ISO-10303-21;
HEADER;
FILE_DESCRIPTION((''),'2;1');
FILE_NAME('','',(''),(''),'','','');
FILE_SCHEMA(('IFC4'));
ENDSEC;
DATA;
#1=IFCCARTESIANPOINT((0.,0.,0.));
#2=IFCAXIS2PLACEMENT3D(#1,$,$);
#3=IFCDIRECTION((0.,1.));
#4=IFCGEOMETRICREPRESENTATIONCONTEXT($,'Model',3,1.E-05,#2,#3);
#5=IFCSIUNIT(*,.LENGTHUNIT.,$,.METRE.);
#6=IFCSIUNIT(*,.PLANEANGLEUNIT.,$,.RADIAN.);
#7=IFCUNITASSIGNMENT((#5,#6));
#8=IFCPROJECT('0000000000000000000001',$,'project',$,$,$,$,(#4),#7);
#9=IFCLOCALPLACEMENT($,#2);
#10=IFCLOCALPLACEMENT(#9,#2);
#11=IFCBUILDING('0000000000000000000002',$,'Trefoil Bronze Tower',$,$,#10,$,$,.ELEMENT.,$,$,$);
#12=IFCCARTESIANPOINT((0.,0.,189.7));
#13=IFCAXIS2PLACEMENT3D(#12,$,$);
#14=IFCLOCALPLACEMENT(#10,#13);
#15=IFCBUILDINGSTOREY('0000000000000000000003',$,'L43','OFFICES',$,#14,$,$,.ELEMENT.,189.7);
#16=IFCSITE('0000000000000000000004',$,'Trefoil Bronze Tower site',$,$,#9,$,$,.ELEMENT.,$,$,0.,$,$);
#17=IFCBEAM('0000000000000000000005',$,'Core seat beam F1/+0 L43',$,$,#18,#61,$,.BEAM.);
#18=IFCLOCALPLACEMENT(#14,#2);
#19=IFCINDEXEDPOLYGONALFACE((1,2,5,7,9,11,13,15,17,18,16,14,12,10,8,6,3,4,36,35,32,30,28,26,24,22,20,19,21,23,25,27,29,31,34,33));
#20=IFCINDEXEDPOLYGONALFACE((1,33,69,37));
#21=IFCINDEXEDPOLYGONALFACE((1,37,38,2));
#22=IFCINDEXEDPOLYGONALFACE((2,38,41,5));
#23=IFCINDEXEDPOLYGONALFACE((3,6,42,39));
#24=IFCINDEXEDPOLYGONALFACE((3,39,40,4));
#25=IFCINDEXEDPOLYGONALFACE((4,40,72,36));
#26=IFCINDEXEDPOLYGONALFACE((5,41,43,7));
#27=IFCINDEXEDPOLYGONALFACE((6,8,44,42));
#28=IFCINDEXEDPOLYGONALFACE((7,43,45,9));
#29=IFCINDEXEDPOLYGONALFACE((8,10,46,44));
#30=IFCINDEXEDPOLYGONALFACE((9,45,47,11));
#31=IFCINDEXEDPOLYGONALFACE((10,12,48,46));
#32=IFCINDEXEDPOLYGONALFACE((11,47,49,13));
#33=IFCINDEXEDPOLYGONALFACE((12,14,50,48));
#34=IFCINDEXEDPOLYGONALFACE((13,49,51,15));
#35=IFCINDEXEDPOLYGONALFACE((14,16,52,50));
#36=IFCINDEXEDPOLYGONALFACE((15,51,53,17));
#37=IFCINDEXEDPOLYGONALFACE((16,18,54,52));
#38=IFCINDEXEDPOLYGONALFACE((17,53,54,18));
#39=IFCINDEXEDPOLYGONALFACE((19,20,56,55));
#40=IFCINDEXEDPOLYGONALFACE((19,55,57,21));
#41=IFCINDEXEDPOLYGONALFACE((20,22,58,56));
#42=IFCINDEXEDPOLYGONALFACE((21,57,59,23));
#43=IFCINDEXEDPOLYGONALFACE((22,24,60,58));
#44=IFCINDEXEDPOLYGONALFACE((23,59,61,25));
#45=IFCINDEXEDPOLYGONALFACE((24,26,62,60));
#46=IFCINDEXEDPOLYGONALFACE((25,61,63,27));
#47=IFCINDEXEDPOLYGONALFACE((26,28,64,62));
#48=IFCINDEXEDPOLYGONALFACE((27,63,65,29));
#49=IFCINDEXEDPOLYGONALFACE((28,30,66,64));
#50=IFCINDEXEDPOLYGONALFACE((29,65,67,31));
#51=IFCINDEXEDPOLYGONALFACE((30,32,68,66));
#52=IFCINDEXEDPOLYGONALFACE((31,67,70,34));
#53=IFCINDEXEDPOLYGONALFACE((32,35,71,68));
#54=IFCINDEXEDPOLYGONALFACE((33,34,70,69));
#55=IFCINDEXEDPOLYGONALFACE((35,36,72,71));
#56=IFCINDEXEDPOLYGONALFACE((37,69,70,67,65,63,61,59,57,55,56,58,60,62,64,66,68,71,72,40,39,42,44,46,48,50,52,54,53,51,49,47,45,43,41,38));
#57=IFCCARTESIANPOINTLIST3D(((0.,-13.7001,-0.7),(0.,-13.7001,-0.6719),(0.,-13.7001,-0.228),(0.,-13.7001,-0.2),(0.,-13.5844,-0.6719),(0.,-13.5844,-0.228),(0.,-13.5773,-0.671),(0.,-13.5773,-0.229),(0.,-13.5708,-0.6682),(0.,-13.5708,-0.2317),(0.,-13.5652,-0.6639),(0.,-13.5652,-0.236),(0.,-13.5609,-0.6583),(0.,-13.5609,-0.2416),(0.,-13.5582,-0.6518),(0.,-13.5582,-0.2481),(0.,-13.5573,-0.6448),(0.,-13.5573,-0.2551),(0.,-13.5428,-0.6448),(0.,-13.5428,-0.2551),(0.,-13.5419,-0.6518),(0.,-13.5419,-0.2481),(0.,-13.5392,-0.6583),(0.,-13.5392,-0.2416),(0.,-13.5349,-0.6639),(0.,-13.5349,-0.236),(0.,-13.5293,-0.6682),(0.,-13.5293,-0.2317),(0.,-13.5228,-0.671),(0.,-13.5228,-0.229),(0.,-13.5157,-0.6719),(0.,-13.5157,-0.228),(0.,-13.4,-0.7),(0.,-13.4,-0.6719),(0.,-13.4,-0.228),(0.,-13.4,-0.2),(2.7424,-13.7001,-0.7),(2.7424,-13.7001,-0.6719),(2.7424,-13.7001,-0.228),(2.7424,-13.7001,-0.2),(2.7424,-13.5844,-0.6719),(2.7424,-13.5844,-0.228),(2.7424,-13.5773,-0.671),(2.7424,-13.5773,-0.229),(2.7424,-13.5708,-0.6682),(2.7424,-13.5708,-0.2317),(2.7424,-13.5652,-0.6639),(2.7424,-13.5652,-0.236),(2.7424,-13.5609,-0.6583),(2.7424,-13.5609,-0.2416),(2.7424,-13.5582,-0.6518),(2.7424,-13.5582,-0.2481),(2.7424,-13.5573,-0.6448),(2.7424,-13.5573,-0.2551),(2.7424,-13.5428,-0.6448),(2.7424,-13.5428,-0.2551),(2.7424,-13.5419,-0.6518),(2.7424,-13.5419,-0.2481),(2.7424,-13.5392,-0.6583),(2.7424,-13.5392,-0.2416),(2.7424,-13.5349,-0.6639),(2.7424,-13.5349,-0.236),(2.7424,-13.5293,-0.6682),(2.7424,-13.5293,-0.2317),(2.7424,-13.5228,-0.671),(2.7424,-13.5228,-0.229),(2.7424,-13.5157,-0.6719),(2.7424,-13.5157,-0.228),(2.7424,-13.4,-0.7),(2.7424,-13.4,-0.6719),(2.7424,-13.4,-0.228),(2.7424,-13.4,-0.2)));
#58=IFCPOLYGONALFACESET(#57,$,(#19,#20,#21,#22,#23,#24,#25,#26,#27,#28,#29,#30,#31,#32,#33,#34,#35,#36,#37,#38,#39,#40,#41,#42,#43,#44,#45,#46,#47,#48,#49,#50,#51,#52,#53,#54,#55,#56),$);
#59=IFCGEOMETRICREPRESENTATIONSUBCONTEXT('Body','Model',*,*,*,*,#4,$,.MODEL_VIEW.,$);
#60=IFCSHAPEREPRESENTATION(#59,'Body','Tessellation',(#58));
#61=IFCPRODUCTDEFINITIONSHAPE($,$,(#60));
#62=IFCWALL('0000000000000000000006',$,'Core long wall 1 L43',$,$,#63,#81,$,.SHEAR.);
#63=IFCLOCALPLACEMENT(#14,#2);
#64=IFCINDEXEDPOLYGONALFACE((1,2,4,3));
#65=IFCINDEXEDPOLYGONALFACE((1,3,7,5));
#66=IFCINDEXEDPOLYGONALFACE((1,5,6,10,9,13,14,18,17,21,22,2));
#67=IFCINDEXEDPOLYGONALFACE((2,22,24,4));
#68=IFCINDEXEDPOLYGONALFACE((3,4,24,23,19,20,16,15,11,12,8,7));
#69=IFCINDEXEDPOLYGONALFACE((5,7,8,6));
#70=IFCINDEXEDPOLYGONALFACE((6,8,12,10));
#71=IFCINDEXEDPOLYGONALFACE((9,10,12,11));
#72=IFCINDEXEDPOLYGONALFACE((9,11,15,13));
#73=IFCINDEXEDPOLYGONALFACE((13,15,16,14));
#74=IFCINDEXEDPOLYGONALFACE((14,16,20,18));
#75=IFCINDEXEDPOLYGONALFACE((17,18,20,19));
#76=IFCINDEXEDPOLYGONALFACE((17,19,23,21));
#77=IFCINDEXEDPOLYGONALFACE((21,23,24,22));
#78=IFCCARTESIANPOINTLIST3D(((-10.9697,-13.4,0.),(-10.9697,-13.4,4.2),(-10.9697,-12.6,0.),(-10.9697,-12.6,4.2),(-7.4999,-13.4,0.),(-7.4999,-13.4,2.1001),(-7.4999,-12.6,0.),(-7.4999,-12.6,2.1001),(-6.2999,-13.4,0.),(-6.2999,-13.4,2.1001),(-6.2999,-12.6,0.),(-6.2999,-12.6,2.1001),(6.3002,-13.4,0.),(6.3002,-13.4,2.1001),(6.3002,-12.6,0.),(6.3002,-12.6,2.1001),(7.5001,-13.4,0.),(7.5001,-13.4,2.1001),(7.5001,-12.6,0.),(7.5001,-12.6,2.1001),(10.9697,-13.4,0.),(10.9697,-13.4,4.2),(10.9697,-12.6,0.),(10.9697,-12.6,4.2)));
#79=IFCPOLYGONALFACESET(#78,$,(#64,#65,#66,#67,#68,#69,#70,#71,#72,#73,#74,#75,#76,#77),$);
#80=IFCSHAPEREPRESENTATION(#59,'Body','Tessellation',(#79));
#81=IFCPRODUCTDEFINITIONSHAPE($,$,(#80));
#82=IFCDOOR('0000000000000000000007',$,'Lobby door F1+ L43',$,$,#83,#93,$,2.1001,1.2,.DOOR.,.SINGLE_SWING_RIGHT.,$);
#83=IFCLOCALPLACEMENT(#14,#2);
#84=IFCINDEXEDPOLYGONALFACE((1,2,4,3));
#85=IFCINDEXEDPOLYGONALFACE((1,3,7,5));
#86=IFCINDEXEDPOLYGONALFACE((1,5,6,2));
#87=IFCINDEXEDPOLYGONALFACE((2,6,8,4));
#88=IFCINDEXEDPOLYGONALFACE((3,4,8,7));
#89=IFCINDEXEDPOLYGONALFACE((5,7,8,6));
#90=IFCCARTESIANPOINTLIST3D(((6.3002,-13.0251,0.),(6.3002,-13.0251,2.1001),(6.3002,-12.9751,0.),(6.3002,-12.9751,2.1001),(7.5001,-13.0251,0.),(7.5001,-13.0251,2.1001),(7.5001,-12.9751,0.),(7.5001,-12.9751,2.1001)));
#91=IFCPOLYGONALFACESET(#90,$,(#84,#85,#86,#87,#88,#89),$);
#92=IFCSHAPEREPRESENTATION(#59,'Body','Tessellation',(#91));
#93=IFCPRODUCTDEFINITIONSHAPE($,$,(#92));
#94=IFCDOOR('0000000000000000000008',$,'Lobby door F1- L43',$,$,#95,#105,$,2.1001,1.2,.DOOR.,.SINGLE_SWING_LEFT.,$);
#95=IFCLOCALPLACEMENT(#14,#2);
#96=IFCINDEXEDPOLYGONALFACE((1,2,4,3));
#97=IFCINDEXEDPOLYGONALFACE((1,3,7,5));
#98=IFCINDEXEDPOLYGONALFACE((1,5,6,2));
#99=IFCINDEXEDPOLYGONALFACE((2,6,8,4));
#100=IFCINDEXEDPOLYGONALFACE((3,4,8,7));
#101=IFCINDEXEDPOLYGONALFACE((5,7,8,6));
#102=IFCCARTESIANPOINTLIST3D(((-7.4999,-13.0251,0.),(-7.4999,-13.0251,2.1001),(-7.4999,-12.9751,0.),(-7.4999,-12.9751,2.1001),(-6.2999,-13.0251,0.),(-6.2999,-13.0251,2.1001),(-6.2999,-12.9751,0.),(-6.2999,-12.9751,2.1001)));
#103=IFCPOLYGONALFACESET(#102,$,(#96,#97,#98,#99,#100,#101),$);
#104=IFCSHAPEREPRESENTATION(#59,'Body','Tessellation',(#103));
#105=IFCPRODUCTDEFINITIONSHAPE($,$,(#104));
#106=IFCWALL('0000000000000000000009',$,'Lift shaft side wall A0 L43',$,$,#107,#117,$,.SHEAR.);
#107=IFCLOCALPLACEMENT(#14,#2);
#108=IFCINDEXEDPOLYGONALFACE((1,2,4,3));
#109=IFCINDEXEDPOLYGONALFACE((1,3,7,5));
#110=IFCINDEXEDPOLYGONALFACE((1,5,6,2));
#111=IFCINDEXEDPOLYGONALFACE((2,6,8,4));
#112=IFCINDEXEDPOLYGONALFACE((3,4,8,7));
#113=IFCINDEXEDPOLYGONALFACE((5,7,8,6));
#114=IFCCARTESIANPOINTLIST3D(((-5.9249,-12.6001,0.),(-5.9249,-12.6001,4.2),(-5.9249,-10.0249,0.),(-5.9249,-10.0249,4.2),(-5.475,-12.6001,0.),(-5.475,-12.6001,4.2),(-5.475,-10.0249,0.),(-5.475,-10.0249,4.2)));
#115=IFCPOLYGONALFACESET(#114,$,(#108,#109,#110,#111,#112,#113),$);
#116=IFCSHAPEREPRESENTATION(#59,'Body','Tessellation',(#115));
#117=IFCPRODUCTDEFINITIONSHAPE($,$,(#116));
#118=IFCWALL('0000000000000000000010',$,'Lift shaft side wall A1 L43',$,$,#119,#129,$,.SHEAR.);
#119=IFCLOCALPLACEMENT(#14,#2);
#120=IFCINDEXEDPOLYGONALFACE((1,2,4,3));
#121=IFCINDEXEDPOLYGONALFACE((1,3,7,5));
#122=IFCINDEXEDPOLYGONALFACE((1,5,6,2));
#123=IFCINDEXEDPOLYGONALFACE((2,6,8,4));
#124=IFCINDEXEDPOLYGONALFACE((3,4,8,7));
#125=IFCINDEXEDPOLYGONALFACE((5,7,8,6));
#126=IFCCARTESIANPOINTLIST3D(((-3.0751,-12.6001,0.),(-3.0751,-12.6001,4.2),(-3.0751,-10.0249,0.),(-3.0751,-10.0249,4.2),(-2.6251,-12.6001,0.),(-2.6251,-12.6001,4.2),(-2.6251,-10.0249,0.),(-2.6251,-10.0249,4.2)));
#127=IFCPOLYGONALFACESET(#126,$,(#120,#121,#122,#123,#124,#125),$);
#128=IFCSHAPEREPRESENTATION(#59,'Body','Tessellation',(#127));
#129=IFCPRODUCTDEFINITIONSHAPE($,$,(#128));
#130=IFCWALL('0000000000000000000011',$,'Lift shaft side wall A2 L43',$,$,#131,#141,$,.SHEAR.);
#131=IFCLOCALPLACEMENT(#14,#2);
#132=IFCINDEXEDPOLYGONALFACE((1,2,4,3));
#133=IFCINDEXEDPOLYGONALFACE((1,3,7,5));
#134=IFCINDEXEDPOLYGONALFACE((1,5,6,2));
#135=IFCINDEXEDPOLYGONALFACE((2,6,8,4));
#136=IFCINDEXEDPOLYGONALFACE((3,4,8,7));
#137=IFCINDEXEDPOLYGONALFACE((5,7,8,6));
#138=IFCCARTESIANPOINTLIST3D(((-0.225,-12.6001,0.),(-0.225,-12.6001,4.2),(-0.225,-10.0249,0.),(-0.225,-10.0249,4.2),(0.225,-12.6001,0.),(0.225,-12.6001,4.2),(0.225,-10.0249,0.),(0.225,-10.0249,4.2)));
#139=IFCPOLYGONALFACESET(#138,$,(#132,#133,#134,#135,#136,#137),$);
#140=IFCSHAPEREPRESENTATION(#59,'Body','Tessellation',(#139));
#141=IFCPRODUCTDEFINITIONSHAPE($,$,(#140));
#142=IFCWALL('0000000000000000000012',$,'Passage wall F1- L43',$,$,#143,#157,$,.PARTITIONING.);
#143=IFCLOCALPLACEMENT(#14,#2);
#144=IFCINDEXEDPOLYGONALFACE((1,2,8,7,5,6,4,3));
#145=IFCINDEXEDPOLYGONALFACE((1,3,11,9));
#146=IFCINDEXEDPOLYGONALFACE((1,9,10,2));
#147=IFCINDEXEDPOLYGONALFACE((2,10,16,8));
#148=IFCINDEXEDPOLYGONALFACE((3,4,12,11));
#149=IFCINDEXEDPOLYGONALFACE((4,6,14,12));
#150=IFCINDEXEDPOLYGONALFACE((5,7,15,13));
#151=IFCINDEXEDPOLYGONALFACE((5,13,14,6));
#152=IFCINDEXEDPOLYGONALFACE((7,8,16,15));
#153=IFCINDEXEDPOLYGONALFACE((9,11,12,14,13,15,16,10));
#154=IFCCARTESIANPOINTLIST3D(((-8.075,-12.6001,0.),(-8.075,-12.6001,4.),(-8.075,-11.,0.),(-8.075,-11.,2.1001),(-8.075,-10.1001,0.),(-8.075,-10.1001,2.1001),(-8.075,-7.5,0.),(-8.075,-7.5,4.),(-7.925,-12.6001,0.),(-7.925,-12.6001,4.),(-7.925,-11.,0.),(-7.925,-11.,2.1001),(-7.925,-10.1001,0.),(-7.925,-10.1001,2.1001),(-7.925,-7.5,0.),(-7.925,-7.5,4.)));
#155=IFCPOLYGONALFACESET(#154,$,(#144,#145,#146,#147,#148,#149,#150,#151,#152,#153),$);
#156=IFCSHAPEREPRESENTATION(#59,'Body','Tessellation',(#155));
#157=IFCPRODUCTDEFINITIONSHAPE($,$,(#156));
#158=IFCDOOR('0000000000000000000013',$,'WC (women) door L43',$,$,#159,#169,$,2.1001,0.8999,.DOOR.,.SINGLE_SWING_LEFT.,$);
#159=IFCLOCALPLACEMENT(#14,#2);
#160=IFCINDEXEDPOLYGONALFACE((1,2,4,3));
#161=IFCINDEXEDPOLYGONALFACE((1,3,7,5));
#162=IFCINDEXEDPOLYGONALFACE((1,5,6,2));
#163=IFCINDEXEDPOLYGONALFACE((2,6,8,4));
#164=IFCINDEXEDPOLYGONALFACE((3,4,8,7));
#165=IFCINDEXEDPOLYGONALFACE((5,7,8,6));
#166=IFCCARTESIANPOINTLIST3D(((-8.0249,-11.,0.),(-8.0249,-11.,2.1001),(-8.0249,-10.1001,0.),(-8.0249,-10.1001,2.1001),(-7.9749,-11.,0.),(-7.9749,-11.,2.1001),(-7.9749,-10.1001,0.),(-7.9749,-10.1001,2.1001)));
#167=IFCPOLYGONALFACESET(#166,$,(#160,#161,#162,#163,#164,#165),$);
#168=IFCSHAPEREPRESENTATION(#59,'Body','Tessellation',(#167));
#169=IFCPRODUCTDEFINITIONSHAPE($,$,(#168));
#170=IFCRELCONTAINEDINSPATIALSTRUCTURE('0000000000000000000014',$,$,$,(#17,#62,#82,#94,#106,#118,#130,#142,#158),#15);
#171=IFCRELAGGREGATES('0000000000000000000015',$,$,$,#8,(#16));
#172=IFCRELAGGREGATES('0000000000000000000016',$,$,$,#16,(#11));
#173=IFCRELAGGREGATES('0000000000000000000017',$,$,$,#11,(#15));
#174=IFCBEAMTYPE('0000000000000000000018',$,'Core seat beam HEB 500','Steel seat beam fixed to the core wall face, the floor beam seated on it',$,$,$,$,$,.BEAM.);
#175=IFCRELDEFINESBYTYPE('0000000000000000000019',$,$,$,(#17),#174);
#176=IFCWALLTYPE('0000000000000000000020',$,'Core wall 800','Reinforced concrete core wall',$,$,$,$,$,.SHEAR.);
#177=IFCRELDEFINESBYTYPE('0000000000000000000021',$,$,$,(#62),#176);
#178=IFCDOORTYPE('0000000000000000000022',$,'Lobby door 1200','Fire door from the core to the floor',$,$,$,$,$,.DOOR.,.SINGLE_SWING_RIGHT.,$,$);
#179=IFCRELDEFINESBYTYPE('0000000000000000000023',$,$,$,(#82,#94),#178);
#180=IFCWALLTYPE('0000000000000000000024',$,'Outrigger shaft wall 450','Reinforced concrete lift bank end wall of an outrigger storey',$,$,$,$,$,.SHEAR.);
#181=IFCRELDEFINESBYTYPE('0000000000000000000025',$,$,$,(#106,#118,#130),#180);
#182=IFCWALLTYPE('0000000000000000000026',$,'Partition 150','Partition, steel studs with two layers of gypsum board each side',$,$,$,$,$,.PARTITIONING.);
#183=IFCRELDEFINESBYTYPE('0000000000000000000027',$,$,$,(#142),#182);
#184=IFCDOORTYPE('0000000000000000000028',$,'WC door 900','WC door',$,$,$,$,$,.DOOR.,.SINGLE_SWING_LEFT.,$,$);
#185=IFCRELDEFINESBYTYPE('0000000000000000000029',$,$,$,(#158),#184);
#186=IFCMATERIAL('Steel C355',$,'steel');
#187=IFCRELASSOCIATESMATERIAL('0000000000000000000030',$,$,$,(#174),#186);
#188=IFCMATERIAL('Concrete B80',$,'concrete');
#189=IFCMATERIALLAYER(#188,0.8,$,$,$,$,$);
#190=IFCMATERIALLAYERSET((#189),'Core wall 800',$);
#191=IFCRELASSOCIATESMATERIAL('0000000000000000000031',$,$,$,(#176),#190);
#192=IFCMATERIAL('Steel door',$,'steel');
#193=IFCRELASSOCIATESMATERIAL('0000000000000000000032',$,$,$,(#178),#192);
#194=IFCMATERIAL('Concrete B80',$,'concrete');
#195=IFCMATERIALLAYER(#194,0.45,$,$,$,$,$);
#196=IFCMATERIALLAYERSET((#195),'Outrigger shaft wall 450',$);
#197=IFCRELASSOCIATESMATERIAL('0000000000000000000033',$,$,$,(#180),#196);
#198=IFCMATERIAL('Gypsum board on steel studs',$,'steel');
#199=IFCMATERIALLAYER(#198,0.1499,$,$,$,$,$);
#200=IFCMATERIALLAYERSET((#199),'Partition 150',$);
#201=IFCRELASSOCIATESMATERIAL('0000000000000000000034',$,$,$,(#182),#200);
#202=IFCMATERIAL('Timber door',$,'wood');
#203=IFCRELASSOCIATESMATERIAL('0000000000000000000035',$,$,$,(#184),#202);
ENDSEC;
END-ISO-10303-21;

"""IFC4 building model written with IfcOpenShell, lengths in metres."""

from ifc_helpers import new_model, si_unit, direction, frame, frame_2d, origin, origin_2d, place, context, subcontext, project, spatial, rectangle, i_section, extrude, material, layer, layer_set, material_profile, profile_set, type_object, element, fill, save


model = new_model("IFC4")

# Units and contexts
model_context = context("Model", 3, precision=1e-05, world=origin(), true_north=direction((0.0, 1.0)))
body_context = subcontext(model_context, "Body", "Model", "MODEL_VIEW")
ifc_project = project(units=[si_unit("LENGTHUNIT", "METRE"), si_unit("PLANEANGLEUNIT", "RADIAN")], contexts=[model_context])

# Site, building, storey
site_placement = place(None, origin())
site = spatial("IfcSite", under=ifc_project, at=site_placement, Name="Trefoil Bronze Tower site", CompositionType="ELEMENT", RefElevation=0.0)
building_placement = place(site_placement, origin())
building = spatial("IfcBuilding", under=site, at=building_placement, Name="Trefoil Bronze Tower", CompositionType="ELEMENT")
storey_placement = place(building_placement, frame((0.0, 0.0, 189.7)))
storey = spatial("IfcBuildingStorey", under=building, at=storey_placement, Name="L43", Description="OFFICES", CompositionType="ELEMENT", Elevation=189.7)

# Beam
ifc_material_1 = material(Name="Steel C355", Category="steel")
ifc_material_profile = material_profile(ifc_material_1, i_section(OverallWidth=0.3, OverallDepth=0.5, WebThickness=0.0144, FlangeThickness=0.0281, FilletRadius=0.0271, at=origin_2d()), Name="HEB 500")
ifc_profile_set = profile_set([ifc_material_profile], Name="Steel C355")
beam_type = type_object("IfcBeamType", Name="Core seat beam HEB 500", Description="Steel seat beam fixed to the core wall face, the floor beam seated on it", PredefinedType="BEAM", material=ifc_profile_set)
beam_placement = place(storey_placement, frame((0.0, -13.55, -0.45), z_axis=(1.0, 0.0, 0.0), x_axis=(0.0, 1.0, 0.0)))
element("IfcBeam", 1, at=beam_placement, inside=storey, type_object=beam_type, Name="Core seat beam F1/+0 L43", PredefinedType="BEAM", context=body_context, shape_type="SweptSolid", body=[
    extrude(i_section(OverallWidth=0.3, OverallDepth=0.5, WebThickness=0.0144, FlangeThickness=0.0281, FilletRadius=0.0271, at=origin_2d()), origin(), (0.0, 0.0, 1.0), 2.7424),
])

# Wall, openings, doors
ifc_material_2 = material(Name="Concrete B80", Category="concrete")
ifc_layer_1 = layer(ifc_material_2, 0.8)
ifc_layer_set_1 = layer_set([ifc_layer_1], Name="Core wall 800")
wall_type_1 = type_object("IfcWallType", Name="Core wall 800", Description="Reinforced concrete core wall", PredefinedType="SHEAR", material=ifc_layer_set_1)
wall_1_placement = place(storey_placement, frame((-10.9697, -13.0, 0.0), z_axis=(0.0, 0.0, 1.0), x_axis=(1.0, 0.0, 0.0)))
wall_1 = element("IfcWall", 2, at=wall_1_placement, inside=storey, type_object=wall_type_1, Name="Core long wall 1 L43", PredefinedType="SHEAR", context=body_context, shape_type="SweptSolid", body=[
    extrude(rectangle(XDim=21.9395, YDim=0.8, at=frame_2d((10.9697, 0.0))), origin(), (0.0, 0.0, 1.0), 4.2),
])
opening_1_placement = place(wall_1_placement, frame((17.2698, 0.0, 0.0)))
opening_1 = element("IfcOpeningElement", 3, at=opening_1_placement, cuts=wall_1, PredefinedType="OPENING", context=body_context, shape_type="SweptSolid", body=[
    extrude(rectangle(XDim=1.2, YDim=2.1001, at=frame_2d((0.6001, 1.05))), frame((0.0, 0.4099, 0.0), z_axis=(0.0, -1.0, 0.0), x_axis=(1.0, 0.0, 0.0)), (0.0, 0.0, 1.0), 0.8201),
])
opening_2_placement = place(wall_1_placement, frame((3.4697, 0.0, 0.0)))
opening_2 = element("IfcOpeningElement", 4, at=opening_2_placement, cuts=wall_1, PredefinedType="OPENING", context=body_context, shape_type="SweptSolid", body=[
    extrude(rectangle(XDim=1.2, YDim=2.1001, at=frame_2d((0.6001, 1.05))), frame((0.0, 0.4099, 0.0), z_axis=(0.0, -1.0, 0.0), x_axis=(1.0, 0.0, 0.0)), (0.0, 0.0, 1.0), 0.8201),
])
ifc_material_3 = material(Name="Steel door", Category="steel")
door_type_1 = type_object("IfcDoorType", Name="Lobby door 1200", Description="Fire door from the core to the floor", OperationType="SINGLE_SWING_RIGHT", PredefinedType="DOOR", material=ifc_material_3)
door_1_placement = place(opening_1_placement, origin())
door_1 = element("IfcDoor", 5, at=door_1_placement, inside=storey, type_object=door_type_1, Name="Lobby door F1+ L43", OperationType="SINGLE_SWING_RIGHT", OverallHeight=2.1001, OverallWidth=1.2, PredefinedType="DOOR", context=body_context, shape_type="SweptSolid", body=[
    extrude(rectangle(XDim=1.2, YDim=2.1001, at=frame_2d((0.6001, 1.05))), frame((0.0, 0.0249, 0.0), z_axis=(0.0, -1.0, 0.0), x_axis=(1.0, 0.0, 0.0)), (0.0, 0.0, 1.0), 0.05),
])
fill(opening_1, door_1)
door_2_placement = place(opening_2_placement, origin())
door_2 = element("IfcDoor", 6, at=door_2_placement, inside=storey, type_object=door_type_1, Name="Lobby door F1- L43", OperationType="SINGLE_SWING_LEFT", OverallHeight=2.1001, OverallWidth=1.2, PredefinedType="DOOR", context=body_context, shape_type="SweptSolid", body=[
    extrude(rectangle(XDim=1.2, YDim=2.1001, at=frame_2d((0.6001, 1.05))), frame((0.0, 0.0249, 0.0), z_axis=(0.0, -1.0, 0.0), x_axis=(1.0, 0.0, 0.0)), (0.0, 0.0, 1.0), 0.05),
])
fill(opening_2, door_2)

# Walls
ifc_material_4 = material(Name="Concrete B80", Category="concrete")
ifc_layer_2 = layer(ifc_material_4, 0.45)
ifc_layer_set_2 = layer_set([ifc_layer_2], Name="Outrigger shaft wall 450")
wall_type_2 = type_object("IfcWallType", Name="Outrigger shaft wall 450", Description="Reinforced concrete lift bank end wall of an outrigger storey", PredefinedType="SHEAR", material=ifc_layer_set_2)
for number, where, z_axis, x_axis, name in (
    (7, (-5.7, -10.0249, 0.0), (0.0, 0.0, 1.0), (0.0, -1.0, 0.0), "Lift shaft side wall A0 L43"),
    (8, (-2.8501, -10.0249, 0.0), (0.0, 0.0, 1.0), (0.0, -1.0, 0.0), "Lift shaft side wall A1 L43"),
    (9, (0.0, -10.0249, 0.0), (0.0, 0.0, 1.0), (0.0, -1.0, 0.0), "Lift shaft side wall A2 L43"),
):
    element("IfcWall", number, at=place(storey_placement, frame(where, z_axis=z_axis, x_axis=x_axis)), inside=storey, type_object=wall_type_2, Name=name, PredefinedType="SHEAR", context=body_context, shape_type="SweptSolid", body=[
        extrude(rectangle(XDim=2.5752, YDim=0.45, at=frame_2d((1.2876, 0.0))), origin(), (0.0, 0.0, 1.0), 4.2),
    ])

# Wall, opening, door
ifc_material_5 = material(Name="Gypsum board on steel studs", Category="steel")
ifc_layer_3 = layer(ifc_material_5, 0.1499)
ifc_layer_set_3 = layer_set([ifc_layer_3], Name="Partition 150")
wall_type_3 = type_object("IfcWallType", Name="Partition 150", Description="Partition, steel studs with two layers of gypsum board each side", PredefinedType="PARTITIONING", material=ifc_layer_set_3)
wall_2_placement = place(storey_placement, frame((-8.0, -7.5, 0.0), z_axis=(0.0, 0.0, 1.0), x_axis=(0.0, -1.0, 0.0)))
wall_2 = element("IfcWall", 10, at=wall_2_placement, inside=storey, type_object=wall_type_3, Name="Passage wall F1- L43", PredefinedType="PARTITIONING", context=body_context, shape_type="SweptSolid", body=[
    extrude(rectangle(XDim=5.1001, YDim=0.1499, at=frame_2d((2.55, 0.0))), origin(), (0.0, 0.0, 1.0), 4.0),
])
opening_3_placement = place(wall_2_placement, frame((2.6001, 0.0, 0.0)))
opening_3 = element("IfcOpeningElement", 11, at=opening_3_placement, cuts=wall_2, PredefinedType="OPENING", context=body_context, shape_type="SweptSolid", body=[
    extrude(rectangle(XDim=0.8999, YDim=2.1001, at=frame_2d((0.45, 1.05))), frame((0.0, 0.085, 0.0), z_axis=(0.0, -1.0, 0.0), x_axis=(1.0, 0.0, 0.0)), (0.0, 0.0, 1.0), 0.1699),
])
ifc_material_6 = material(Name="Timber door", Category="wood")
door_type_2 = type_object("IfcDoorType", Name="WC door 900", Description="WC door", OperationType="SINGLE_SWING_LEFT", PredefinedType="DOOR", material=ifc_material_6)
door_3_placement = place(opening_3_placement, frame((0.8999, 0.0, 0.0), z_axis=(0.0, 0.0, 1.0), x_axis=(-1.0, 0.0, 0.0)))
door_3 = element("IfcDoor", 12, at=door_3_placement, inside=storey, type_object=door_type_2, Name="WC (women) door L43", OperationType="SINGLE_SWING_LEFT", OverallHeight=2.1001, OverallWidth=0.8999, PredefinedType="DOOR", context=body_context, shape_type="SweptSolid", body=[
    extrude(rectangle(XDim=0.8999, YDim=2.1001, at=frame_2d((0.45, 1.05))), frame((0.0, 0.0249, 0.0), z_axis=(0.0, -1.0, 0.0), x_axis=(1.0, 0.0, 0.0)), (0.0, 0.0, 1.0), 0.05),
])
fill(opening_3, door_3)

save(model, "model.ifc")
